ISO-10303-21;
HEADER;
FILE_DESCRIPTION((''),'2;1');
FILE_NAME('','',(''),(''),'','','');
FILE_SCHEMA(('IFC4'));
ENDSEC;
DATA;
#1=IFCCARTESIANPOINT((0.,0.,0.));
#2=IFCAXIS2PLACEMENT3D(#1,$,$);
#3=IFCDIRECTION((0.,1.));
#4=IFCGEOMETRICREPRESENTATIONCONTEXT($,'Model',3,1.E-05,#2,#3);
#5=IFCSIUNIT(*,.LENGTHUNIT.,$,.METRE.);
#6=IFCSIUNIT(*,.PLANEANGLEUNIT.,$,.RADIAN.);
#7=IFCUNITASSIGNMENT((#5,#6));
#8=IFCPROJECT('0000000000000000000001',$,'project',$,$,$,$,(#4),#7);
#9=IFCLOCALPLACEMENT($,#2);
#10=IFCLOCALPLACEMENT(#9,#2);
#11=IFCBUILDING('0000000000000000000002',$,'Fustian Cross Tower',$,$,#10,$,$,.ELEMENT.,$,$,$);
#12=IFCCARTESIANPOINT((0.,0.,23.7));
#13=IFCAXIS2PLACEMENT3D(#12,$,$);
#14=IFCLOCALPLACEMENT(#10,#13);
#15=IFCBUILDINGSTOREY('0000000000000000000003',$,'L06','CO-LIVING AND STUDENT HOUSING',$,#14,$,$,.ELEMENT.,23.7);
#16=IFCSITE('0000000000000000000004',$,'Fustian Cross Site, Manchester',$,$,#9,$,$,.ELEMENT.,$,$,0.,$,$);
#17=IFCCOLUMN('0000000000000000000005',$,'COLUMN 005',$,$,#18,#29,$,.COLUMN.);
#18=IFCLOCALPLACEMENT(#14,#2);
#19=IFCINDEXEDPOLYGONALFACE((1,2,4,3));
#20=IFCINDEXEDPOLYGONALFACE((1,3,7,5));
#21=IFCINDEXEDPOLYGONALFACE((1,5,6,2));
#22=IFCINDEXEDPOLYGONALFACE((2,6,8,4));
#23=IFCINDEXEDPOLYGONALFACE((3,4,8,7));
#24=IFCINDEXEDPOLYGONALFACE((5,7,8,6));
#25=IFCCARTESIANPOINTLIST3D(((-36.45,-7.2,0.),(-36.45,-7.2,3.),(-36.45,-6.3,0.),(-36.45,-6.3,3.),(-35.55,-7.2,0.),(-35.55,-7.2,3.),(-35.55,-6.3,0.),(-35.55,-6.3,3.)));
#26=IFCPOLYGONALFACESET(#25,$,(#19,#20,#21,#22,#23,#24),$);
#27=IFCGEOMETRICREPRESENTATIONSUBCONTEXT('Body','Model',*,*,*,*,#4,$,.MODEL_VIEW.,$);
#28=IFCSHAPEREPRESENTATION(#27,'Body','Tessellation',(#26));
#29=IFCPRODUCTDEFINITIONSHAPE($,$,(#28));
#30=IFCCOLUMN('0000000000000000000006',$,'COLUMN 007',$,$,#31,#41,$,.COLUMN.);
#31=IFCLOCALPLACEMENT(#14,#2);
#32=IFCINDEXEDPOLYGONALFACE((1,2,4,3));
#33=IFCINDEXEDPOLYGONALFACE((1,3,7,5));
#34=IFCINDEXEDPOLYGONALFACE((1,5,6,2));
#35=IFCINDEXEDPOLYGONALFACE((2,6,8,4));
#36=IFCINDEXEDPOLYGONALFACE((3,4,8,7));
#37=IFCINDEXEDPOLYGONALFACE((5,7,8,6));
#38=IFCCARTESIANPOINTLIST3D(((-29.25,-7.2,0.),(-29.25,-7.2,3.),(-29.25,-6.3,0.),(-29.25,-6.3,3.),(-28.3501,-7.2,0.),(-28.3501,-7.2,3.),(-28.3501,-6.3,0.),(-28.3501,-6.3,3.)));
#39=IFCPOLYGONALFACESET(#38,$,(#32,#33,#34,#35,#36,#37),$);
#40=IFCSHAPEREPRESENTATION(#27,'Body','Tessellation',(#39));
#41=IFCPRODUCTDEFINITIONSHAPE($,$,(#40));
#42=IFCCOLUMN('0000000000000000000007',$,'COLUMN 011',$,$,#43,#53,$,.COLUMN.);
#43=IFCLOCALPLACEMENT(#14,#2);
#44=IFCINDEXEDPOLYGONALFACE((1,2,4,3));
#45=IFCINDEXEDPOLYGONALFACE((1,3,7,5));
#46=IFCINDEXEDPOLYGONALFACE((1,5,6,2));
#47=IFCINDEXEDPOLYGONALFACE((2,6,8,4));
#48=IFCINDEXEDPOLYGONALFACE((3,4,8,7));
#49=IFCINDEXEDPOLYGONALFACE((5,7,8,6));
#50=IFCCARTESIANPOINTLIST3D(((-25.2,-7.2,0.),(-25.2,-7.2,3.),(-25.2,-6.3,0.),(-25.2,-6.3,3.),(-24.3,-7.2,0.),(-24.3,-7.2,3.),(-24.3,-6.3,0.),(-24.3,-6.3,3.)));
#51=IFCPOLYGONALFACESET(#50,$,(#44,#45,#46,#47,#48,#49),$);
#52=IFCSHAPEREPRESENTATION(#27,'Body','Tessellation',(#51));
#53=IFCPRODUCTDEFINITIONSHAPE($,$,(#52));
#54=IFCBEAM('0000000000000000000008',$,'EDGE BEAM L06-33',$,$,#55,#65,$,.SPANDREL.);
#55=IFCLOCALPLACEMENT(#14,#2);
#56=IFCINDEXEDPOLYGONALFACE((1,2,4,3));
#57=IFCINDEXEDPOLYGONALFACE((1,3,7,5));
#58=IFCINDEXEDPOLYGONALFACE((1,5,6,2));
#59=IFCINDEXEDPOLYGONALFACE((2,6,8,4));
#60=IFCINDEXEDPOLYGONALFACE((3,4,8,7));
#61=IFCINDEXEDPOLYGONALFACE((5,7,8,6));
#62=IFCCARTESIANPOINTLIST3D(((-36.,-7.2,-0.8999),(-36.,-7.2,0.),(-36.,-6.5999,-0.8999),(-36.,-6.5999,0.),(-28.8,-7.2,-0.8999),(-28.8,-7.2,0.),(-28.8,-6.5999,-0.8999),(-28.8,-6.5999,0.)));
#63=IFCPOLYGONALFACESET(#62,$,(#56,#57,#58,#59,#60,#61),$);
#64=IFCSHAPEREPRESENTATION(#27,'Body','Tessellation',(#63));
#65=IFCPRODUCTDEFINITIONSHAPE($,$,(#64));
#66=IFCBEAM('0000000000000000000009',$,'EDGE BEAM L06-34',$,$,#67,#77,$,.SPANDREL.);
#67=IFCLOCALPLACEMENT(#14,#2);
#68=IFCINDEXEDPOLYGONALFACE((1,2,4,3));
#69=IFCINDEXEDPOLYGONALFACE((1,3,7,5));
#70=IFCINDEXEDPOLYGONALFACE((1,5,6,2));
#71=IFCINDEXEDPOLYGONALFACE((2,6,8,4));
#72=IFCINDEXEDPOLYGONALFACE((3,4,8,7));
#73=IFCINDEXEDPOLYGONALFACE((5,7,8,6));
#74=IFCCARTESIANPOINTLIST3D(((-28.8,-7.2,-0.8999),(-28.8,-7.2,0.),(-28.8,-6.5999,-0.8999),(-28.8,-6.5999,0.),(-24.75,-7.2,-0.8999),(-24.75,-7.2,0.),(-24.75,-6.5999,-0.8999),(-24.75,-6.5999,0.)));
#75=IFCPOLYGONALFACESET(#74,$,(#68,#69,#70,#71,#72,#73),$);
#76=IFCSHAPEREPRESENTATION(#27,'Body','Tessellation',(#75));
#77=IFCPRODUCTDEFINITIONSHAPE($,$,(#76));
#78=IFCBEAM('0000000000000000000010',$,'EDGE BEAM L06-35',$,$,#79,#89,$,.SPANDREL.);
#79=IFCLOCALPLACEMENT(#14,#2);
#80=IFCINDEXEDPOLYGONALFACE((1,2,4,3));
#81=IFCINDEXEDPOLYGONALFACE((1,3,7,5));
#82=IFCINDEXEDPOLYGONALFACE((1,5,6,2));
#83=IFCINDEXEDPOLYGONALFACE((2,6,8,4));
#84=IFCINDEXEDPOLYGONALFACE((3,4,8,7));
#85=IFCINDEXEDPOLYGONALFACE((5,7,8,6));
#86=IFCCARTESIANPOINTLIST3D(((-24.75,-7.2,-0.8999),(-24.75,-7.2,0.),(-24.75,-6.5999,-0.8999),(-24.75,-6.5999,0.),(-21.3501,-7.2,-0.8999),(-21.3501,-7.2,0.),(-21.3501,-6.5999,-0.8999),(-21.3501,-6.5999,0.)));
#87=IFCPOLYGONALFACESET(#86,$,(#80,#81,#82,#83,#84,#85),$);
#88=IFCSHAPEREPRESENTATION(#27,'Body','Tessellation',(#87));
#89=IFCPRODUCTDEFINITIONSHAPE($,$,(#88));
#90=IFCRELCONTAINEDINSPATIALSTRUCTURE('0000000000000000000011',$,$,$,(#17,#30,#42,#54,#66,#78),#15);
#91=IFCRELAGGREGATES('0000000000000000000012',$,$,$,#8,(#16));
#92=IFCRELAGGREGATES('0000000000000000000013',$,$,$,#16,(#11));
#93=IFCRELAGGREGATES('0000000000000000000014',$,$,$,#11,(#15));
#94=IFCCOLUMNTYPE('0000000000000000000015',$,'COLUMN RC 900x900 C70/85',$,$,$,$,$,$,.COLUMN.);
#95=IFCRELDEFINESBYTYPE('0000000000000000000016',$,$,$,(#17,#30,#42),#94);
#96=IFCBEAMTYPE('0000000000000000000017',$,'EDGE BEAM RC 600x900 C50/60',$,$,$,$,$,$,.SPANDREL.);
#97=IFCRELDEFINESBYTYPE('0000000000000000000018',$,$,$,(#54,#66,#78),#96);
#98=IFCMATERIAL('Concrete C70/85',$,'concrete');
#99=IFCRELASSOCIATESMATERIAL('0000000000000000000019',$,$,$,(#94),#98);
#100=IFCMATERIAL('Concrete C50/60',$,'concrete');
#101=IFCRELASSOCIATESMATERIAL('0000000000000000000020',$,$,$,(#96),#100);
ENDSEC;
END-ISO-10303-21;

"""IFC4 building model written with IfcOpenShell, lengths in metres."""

from ifc_helpers import new_model, si_unit, direction, frame, origin, origin_2d, place, context, subcontext, project, spatial, rectangle, extrude, material, material_profile, profile_set, type_object, element, save


model = new_model("IFC4")

# Units and contexts
model_context = context("Model", 3, precision=1e-05, world=origin(), true_north=direction((0.0, 1.0)))
body_context = subcontext(model_context, "Body", "Model", "MODEL_VIEW")
ifc_project = project(units=[si_unit("LENGTHUNIT", "METRE"), si_unit("PLANEANGLEUNIT", "RADIAN")], contexts=[model_context])

# Site, building, storey
site_placement = place(None, origin())
site = spatial("IfcSite", under=ifc_project, at=site_placement, Name="Fustian Cross Site, Manchester", CompositionType="ELEMENT", RefElevation=0.0)
building_placement = place(site_placement, origin())
building = spatial("IfcBuilding", under=site, at=building_placement, Name="Fustian Cross Tower", CompositionType="ELEMENT")
storey_placement = place(building_placement, frame((0.0, 0.0, 23.7)))
storey = spatial("IfcBuildingStorey", under=building, at=storey_placement, Name="L06", Description="CO-LIVING AND STUDENT HOUSING", CompositionType="ELEMENT", Elevation=23.7)

# Columns
ifc_material_1 = material(Name="Concrete C70/85", Category="concrete")
ifc_material_profile_1 = material_profile(ifc_material_1, rectangle(XDim=0.8999, YDim=0.8999, at=origin_2d()), Name="RC 900x900")
ifc_profile_set_1 = profile_set([ifc_material_profile_1], Name="Concrete C70/85")
column_type = type_object("IfcColumnType", Name="COLUMN RC 900x900 C70/85", PredefinedType="COLUMN", material=ifc_profile_set_1)
for number, where, z_axis, x_axis, name in (
    (1, (-36.0, -6.75, 0.0), (0.0, 0.0, 1.0), (1.0, 0.0, 0.0), "COLUMN 005"),
    (2, (-28.8, -6.75, 0.0), (0.0, 0.0, 1.0), (1.0, 0.0, 0.0), "COLUMN 007"),
    (3, (-24.75, -6.75, 0.0), (0.0, 0.0, 1.0), (1.0, 0.0, 0.0), "COLUMN 011"),
):
    element("IfcColumn", number, at=place(storey_placement, frame(where, z_axis=z_axis, x_axis=x_axis)), inside=storey, type_object=column_type, Name=name, PredefinedType="COLUMN", context=body_context, shape_type="SweptSolid", body=[
        extrude(rectangle(XDim=0.8999, YDim=0.8999, at=origin_2d()), origin(), (0.0, 0.0, 1.0), 3.0),
    ])

# Beams
ifc_material_2 = material(Name="Concrete C50/60", Category="concrete")
ifc_material_profile_2 = material_profile(ifc_material_2, rectangle(XDim=0.6001, YDim=0.8999, at=origin_2d()), Name="RC 600x900")
ifc_profile_set_2 = profile_set([ifc_material_profile_2], Name="Concrete C50/60")
beam_type = type_object("IfcBeamType", Name="EDGE BEAM RC 600x900 C50/60", PredefinedType="SPANDREL", material=ifc_profile_set_2)
beam_1_placement = place(storey_placement, frame((-36.0, -6.8999, -0.45), z_axis=(1.0, 0.0, 0.0), x_axis=(0.0, 1.0, 0.0)))
element("IfcBeam", 4, at=beam_1_placement, inside=storey, type_object=beam_type, Name="EDGE BEAM L06-33", PredefinedType="SPANDREL", context=body_context, shape_type="SweptSolid", body=[
    extrude(rectangle(XDim=0.6001, YDim=0.8999, at=origin_2d()), origin(), (0.0, 0.0, 1.0), 7.2),
])
beam_2_placement = place(storey_placement, frame((-28.8, -6.8999, -0.45), z_axis=(1.0, 0.0, 0.0), x_axis=(0.0, 1.0, 0.0)))
element("IfcBeam", 5, at=beam_2_placement, inside=storey, type_object=beam_type, Name="EDGE BEAM L06-34", PredefinedType="SPANDREL", context=body_context, shape_type="SweptSolid", body=[
    extrude(rectangle(XDim=0.6001, YDim=0.8999, at=origin_2d()), origin(), (0.0, 0.0, 1.0), 4.05),
])
beam_3_placement = place(storey_placement, frame((-24.75, -6.8999, -0.45), z_axis=(1.0, 0.0, 0.0), x_axis=(0.0, 1.0, 0.0)))
element("IfcBeam", 6, at=beam_3_placement, inside=storey, type_object=beam_type, Name="EDGE BEAM L06-35", PredefinedType="SPANDREL", context=body_context, shape_type="SweptSolid", body=[
    extrude(rectangle(XDim=0.6001, YDim=0.8999, at=origin_2d()), origin(), (0.0, 0.0, 1.0), 3.3999),
])

save(model, "model.ifc")
